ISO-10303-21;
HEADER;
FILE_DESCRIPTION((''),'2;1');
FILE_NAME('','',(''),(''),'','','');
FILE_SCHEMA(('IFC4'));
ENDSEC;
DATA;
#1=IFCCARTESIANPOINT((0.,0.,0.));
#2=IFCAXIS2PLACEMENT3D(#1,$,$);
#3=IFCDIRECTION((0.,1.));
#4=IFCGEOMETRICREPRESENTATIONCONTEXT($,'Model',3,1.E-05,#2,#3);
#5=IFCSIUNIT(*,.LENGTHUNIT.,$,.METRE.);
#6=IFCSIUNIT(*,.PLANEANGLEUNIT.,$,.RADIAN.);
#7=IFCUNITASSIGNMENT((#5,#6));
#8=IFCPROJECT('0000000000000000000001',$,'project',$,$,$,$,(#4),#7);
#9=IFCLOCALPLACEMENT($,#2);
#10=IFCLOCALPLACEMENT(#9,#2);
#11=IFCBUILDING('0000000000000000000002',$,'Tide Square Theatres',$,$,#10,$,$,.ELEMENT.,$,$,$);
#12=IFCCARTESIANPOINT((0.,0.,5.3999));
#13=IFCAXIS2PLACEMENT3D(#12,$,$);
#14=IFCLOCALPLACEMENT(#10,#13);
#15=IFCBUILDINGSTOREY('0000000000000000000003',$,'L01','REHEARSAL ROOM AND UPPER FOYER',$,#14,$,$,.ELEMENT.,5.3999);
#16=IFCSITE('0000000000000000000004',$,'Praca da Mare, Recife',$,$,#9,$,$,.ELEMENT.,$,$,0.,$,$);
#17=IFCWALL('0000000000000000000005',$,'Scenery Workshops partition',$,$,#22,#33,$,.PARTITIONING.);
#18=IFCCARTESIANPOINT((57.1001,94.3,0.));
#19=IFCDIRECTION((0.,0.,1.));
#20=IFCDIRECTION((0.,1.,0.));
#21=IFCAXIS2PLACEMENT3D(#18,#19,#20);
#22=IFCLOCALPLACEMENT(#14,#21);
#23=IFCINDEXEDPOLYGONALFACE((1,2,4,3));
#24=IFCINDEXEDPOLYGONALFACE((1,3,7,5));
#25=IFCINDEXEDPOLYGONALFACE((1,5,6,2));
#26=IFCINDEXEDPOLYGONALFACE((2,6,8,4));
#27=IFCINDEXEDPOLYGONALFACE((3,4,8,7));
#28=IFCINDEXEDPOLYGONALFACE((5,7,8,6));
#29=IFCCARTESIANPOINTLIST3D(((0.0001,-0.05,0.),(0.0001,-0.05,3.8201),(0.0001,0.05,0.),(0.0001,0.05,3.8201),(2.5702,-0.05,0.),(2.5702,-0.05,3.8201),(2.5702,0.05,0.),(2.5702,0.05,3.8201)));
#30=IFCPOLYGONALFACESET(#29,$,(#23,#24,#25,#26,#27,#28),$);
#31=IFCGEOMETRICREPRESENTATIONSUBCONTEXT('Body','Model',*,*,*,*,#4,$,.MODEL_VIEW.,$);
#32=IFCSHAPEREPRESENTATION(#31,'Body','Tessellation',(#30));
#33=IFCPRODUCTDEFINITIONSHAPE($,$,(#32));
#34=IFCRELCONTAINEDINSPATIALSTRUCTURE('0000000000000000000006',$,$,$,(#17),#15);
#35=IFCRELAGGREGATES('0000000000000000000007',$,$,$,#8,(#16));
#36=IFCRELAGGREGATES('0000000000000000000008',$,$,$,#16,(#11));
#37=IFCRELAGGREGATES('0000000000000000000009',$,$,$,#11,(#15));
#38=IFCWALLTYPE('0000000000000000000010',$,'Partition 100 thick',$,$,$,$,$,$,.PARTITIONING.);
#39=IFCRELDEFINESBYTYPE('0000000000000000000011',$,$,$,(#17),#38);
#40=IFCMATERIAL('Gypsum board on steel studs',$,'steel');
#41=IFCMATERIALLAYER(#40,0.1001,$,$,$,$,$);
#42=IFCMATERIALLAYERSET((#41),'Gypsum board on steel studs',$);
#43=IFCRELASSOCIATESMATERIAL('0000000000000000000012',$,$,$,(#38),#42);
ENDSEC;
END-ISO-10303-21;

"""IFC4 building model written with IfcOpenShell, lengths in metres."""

from ifc_helpers import new_model, si_unit, direction, frame, frame_2d, origin, place, context, subcontext, project, spatial, rectangle, extrude, material, layer, layer_set, type_object, element, save


model = new_model("IFC4")

# Units and contexts
model_context = context("Model", 3, precision=1e-05, world=origin(), true_north=direction((0.0, 1.0)))
body_context = subcontext(model_context, "Body", "Model", "MODEL_VIEW")
ifc_project = project(units=[si_unit("LENGTHUNIT", "METRE"), si_unit("PLANEANGLEUNIT", "RADIAN")], contexts=[model_context])

# Site, building, storey
site_placement = place(None, origin())
site = spatial("IfcSite", under=ifc_project, at=site_placement, Name="Praca da Mare, Recife", CompositionType="ELEMENT", RefElevation=0.0)
building_placement = place(site_placement, origin())
building = spatial("IfcBuilding", under=site, at=building_placement, Name="Tide Square Theatres", CompositionType="ELEMENT")
storey_placement = place(building_placement, frame((0.0, 0.0, 5.3999)))
storey = spatial("IfcBuildingStorey", under=building, at=storey_placement, Name="L01", Description="REHEARSAL ROOM AND UPPER FOYER", CompositionType="ELEMENT", Elevation=5.3999)

# Shared definitions
ifc_material_1 = material(Name="Gypsum board on steel studs", Category="steel")
ifc_layer_1 = layer(ifc_material_1, 0.1001)
ifc_layer_set_1 = layer_set([ifc_layer_1], Name="Gypsum board on steel studs")
wall_type_1 = type_object("IfcWallType", Name="Partition 100 thick", PredefinedType="PARTITIONING", material=ifc_layer_set_1)

# Wall
wall_1_placement = place(storey_placement, frame((57.1001, 94.3, 0.0), z_axis=(0.0, 0.0, 1.0), x_axis=(0.0, 1.0, 0.0)))
element("IfcWall", 1, at=wall_1_placement, inside=storey, type_object=wall_type_1, Name="Scenery Workshops partition", PredefinedType="PARTITIONING", context=body_context, shape_type="SweptSolid", body=[
    extrude(rectangle(XDim=2.5701, YDim=0.1001, at=frame_2d((1.2852, 0.0))), origin(), (0.0, 0.0, 1.0), 3.8201),
])

save(model, "model.ifc")
